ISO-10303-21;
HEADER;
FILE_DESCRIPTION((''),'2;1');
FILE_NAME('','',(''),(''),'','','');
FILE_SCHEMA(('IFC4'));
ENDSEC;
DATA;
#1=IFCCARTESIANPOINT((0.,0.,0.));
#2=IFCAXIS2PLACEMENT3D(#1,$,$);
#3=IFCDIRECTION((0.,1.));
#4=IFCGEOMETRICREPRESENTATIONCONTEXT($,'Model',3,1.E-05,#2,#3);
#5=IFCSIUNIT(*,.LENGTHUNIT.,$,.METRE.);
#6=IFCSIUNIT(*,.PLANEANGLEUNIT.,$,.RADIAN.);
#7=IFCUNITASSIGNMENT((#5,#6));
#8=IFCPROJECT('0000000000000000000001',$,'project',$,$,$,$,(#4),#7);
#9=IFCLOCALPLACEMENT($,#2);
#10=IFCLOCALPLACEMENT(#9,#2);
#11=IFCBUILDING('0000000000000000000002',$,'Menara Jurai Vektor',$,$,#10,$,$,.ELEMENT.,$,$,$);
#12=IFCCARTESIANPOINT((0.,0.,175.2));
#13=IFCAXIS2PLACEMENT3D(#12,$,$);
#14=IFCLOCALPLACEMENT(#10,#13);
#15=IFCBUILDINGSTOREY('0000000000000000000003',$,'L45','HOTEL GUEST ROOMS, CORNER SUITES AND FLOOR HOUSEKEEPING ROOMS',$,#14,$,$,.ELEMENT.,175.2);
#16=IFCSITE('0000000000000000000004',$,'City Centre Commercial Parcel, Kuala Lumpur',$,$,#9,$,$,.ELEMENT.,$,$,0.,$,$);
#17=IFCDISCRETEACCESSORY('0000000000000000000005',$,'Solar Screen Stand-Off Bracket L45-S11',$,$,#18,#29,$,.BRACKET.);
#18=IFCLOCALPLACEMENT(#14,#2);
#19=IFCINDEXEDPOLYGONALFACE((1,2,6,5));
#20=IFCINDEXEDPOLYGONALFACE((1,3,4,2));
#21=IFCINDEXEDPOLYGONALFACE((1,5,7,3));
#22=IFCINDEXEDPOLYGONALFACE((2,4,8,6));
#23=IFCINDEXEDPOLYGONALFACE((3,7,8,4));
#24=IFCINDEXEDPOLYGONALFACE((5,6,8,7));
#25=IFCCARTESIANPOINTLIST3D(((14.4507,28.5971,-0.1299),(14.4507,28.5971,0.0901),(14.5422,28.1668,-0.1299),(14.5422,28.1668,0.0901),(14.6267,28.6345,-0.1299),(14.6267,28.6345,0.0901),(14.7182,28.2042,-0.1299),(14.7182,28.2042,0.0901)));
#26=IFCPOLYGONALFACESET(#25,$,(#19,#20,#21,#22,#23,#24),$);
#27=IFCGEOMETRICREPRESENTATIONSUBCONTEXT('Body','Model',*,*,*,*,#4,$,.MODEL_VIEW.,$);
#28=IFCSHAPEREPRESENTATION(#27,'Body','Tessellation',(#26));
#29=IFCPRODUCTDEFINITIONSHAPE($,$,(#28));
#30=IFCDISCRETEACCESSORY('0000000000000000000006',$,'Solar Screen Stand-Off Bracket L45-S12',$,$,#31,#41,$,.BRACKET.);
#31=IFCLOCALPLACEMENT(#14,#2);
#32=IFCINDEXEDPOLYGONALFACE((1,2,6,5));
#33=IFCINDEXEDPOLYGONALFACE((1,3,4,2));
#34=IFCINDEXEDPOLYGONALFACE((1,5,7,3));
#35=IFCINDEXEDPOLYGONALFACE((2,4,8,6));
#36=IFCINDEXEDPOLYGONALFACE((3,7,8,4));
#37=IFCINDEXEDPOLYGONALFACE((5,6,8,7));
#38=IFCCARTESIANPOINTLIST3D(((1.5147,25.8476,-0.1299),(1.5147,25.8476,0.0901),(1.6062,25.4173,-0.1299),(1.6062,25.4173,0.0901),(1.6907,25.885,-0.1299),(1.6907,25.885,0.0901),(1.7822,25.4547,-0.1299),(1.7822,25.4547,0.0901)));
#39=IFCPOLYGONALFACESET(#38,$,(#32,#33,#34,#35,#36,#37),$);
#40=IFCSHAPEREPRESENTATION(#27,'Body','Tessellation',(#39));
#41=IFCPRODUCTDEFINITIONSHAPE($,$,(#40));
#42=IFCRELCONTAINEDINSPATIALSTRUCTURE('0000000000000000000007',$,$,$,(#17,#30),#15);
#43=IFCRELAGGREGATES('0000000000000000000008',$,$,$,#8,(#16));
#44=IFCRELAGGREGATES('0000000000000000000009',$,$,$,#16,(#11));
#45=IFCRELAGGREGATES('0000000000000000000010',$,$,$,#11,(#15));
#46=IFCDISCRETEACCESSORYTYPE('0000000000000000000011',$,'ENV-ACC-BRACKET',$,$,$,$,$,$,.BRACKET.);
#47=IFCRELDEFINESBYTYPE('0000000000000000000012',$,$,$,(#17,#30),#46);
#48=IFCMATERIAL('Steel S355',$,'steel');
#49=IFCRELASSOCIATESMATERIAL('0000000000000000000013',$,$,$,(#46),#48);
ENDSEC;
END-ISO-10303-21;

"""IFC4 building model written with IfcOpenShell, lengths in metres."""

from ifc_helpers import new_model, si_unit, direction, frame, origin, origin_2d, place, context, subcontext, project, spatial, rectangle, extrude, material, type_object, element, save


model = new_model("IFC4")

# Units and contexts
model_context = context("Model", 3, precision=1e-05, world=origin(), true_north=direction((0.0, 1.0)))
body_context = subcontext(model_context, "Body", "Model", "MODEL_VIEW")
ifc_project = project(units=[si_unit("LENGTHUNIT", "METRE"), si_unit("PLANEANGLEUNIT", "RADIAN")], contexts=[model_context])

# Site, building, storey
site_placement = place(None, origin())
site = spatial("IfcSite", under=ifc_project, at=site_placement, Name="City Centre Commercial Parcel, Kuala Lumpur", CompositionType="ELEMENT", RefElevation=0.0)
building_placement = place(site_placement, origin())
building = spatial("IfcBuilding", under=site, at=building_placement, Name="Menara Jurai Vektor", CompositionType="ELEMENT")
storey_placement = place(building_placement, frame((0.0, 0.0, 175.2)))
storey = spatial("IfcBuildingStorey", under=building, at=storey_placement, Name="L45", Description="HOTEL GUEST ROOMS, CORNER SUITES AND FLOOR HOUSEKEEPING ROOMS", CompositionType="ELEMENT", Elevation=175.2)

# Shared definitions
ifc_material_1 = material(Name="Steel S355", Category="steel")

# Discrete accessories
discrete_accessory_type = type_object("IfcDiscreteAccessoryType", Name="ENV-ACC-BRACKET", PredefinedType="BRACKET", material=ifc_material_1)
for number, where, z_axis, x_axis, name in (
    (1, (14.5845, 28.4006, -0.1299), (0.0, 0.0, 1.0), (-0.978148, -0.207912, 0.0), "Solar Screen Stand-Off Bracket L45-S11"),
    (2, (1.6484, 25.6511, -0.1299), (0.0, 0.0, 1.0), (-0.978148, -0.207912, 0.0), "Solar Screen Stand-Off Bracket L45-S12"),
):
    element("IfcDiscreteAccessory", number, at=place(storey_placement, frame(where, z_axis=z_axis, x_axis=x_axis)), inside=storey, type_object=discrete_accessory_type, Name=name, PredefinedType="BRACKET", context=body_context, shape_type="SweptSolid", body=[
        extrude(rectangle(XDim=0.1799, YDim=0.4399, at=origin_2d()), origin(), (0.0, 0.0, 1.0), 0.22),
    ])

save(model, "model.ifc")
